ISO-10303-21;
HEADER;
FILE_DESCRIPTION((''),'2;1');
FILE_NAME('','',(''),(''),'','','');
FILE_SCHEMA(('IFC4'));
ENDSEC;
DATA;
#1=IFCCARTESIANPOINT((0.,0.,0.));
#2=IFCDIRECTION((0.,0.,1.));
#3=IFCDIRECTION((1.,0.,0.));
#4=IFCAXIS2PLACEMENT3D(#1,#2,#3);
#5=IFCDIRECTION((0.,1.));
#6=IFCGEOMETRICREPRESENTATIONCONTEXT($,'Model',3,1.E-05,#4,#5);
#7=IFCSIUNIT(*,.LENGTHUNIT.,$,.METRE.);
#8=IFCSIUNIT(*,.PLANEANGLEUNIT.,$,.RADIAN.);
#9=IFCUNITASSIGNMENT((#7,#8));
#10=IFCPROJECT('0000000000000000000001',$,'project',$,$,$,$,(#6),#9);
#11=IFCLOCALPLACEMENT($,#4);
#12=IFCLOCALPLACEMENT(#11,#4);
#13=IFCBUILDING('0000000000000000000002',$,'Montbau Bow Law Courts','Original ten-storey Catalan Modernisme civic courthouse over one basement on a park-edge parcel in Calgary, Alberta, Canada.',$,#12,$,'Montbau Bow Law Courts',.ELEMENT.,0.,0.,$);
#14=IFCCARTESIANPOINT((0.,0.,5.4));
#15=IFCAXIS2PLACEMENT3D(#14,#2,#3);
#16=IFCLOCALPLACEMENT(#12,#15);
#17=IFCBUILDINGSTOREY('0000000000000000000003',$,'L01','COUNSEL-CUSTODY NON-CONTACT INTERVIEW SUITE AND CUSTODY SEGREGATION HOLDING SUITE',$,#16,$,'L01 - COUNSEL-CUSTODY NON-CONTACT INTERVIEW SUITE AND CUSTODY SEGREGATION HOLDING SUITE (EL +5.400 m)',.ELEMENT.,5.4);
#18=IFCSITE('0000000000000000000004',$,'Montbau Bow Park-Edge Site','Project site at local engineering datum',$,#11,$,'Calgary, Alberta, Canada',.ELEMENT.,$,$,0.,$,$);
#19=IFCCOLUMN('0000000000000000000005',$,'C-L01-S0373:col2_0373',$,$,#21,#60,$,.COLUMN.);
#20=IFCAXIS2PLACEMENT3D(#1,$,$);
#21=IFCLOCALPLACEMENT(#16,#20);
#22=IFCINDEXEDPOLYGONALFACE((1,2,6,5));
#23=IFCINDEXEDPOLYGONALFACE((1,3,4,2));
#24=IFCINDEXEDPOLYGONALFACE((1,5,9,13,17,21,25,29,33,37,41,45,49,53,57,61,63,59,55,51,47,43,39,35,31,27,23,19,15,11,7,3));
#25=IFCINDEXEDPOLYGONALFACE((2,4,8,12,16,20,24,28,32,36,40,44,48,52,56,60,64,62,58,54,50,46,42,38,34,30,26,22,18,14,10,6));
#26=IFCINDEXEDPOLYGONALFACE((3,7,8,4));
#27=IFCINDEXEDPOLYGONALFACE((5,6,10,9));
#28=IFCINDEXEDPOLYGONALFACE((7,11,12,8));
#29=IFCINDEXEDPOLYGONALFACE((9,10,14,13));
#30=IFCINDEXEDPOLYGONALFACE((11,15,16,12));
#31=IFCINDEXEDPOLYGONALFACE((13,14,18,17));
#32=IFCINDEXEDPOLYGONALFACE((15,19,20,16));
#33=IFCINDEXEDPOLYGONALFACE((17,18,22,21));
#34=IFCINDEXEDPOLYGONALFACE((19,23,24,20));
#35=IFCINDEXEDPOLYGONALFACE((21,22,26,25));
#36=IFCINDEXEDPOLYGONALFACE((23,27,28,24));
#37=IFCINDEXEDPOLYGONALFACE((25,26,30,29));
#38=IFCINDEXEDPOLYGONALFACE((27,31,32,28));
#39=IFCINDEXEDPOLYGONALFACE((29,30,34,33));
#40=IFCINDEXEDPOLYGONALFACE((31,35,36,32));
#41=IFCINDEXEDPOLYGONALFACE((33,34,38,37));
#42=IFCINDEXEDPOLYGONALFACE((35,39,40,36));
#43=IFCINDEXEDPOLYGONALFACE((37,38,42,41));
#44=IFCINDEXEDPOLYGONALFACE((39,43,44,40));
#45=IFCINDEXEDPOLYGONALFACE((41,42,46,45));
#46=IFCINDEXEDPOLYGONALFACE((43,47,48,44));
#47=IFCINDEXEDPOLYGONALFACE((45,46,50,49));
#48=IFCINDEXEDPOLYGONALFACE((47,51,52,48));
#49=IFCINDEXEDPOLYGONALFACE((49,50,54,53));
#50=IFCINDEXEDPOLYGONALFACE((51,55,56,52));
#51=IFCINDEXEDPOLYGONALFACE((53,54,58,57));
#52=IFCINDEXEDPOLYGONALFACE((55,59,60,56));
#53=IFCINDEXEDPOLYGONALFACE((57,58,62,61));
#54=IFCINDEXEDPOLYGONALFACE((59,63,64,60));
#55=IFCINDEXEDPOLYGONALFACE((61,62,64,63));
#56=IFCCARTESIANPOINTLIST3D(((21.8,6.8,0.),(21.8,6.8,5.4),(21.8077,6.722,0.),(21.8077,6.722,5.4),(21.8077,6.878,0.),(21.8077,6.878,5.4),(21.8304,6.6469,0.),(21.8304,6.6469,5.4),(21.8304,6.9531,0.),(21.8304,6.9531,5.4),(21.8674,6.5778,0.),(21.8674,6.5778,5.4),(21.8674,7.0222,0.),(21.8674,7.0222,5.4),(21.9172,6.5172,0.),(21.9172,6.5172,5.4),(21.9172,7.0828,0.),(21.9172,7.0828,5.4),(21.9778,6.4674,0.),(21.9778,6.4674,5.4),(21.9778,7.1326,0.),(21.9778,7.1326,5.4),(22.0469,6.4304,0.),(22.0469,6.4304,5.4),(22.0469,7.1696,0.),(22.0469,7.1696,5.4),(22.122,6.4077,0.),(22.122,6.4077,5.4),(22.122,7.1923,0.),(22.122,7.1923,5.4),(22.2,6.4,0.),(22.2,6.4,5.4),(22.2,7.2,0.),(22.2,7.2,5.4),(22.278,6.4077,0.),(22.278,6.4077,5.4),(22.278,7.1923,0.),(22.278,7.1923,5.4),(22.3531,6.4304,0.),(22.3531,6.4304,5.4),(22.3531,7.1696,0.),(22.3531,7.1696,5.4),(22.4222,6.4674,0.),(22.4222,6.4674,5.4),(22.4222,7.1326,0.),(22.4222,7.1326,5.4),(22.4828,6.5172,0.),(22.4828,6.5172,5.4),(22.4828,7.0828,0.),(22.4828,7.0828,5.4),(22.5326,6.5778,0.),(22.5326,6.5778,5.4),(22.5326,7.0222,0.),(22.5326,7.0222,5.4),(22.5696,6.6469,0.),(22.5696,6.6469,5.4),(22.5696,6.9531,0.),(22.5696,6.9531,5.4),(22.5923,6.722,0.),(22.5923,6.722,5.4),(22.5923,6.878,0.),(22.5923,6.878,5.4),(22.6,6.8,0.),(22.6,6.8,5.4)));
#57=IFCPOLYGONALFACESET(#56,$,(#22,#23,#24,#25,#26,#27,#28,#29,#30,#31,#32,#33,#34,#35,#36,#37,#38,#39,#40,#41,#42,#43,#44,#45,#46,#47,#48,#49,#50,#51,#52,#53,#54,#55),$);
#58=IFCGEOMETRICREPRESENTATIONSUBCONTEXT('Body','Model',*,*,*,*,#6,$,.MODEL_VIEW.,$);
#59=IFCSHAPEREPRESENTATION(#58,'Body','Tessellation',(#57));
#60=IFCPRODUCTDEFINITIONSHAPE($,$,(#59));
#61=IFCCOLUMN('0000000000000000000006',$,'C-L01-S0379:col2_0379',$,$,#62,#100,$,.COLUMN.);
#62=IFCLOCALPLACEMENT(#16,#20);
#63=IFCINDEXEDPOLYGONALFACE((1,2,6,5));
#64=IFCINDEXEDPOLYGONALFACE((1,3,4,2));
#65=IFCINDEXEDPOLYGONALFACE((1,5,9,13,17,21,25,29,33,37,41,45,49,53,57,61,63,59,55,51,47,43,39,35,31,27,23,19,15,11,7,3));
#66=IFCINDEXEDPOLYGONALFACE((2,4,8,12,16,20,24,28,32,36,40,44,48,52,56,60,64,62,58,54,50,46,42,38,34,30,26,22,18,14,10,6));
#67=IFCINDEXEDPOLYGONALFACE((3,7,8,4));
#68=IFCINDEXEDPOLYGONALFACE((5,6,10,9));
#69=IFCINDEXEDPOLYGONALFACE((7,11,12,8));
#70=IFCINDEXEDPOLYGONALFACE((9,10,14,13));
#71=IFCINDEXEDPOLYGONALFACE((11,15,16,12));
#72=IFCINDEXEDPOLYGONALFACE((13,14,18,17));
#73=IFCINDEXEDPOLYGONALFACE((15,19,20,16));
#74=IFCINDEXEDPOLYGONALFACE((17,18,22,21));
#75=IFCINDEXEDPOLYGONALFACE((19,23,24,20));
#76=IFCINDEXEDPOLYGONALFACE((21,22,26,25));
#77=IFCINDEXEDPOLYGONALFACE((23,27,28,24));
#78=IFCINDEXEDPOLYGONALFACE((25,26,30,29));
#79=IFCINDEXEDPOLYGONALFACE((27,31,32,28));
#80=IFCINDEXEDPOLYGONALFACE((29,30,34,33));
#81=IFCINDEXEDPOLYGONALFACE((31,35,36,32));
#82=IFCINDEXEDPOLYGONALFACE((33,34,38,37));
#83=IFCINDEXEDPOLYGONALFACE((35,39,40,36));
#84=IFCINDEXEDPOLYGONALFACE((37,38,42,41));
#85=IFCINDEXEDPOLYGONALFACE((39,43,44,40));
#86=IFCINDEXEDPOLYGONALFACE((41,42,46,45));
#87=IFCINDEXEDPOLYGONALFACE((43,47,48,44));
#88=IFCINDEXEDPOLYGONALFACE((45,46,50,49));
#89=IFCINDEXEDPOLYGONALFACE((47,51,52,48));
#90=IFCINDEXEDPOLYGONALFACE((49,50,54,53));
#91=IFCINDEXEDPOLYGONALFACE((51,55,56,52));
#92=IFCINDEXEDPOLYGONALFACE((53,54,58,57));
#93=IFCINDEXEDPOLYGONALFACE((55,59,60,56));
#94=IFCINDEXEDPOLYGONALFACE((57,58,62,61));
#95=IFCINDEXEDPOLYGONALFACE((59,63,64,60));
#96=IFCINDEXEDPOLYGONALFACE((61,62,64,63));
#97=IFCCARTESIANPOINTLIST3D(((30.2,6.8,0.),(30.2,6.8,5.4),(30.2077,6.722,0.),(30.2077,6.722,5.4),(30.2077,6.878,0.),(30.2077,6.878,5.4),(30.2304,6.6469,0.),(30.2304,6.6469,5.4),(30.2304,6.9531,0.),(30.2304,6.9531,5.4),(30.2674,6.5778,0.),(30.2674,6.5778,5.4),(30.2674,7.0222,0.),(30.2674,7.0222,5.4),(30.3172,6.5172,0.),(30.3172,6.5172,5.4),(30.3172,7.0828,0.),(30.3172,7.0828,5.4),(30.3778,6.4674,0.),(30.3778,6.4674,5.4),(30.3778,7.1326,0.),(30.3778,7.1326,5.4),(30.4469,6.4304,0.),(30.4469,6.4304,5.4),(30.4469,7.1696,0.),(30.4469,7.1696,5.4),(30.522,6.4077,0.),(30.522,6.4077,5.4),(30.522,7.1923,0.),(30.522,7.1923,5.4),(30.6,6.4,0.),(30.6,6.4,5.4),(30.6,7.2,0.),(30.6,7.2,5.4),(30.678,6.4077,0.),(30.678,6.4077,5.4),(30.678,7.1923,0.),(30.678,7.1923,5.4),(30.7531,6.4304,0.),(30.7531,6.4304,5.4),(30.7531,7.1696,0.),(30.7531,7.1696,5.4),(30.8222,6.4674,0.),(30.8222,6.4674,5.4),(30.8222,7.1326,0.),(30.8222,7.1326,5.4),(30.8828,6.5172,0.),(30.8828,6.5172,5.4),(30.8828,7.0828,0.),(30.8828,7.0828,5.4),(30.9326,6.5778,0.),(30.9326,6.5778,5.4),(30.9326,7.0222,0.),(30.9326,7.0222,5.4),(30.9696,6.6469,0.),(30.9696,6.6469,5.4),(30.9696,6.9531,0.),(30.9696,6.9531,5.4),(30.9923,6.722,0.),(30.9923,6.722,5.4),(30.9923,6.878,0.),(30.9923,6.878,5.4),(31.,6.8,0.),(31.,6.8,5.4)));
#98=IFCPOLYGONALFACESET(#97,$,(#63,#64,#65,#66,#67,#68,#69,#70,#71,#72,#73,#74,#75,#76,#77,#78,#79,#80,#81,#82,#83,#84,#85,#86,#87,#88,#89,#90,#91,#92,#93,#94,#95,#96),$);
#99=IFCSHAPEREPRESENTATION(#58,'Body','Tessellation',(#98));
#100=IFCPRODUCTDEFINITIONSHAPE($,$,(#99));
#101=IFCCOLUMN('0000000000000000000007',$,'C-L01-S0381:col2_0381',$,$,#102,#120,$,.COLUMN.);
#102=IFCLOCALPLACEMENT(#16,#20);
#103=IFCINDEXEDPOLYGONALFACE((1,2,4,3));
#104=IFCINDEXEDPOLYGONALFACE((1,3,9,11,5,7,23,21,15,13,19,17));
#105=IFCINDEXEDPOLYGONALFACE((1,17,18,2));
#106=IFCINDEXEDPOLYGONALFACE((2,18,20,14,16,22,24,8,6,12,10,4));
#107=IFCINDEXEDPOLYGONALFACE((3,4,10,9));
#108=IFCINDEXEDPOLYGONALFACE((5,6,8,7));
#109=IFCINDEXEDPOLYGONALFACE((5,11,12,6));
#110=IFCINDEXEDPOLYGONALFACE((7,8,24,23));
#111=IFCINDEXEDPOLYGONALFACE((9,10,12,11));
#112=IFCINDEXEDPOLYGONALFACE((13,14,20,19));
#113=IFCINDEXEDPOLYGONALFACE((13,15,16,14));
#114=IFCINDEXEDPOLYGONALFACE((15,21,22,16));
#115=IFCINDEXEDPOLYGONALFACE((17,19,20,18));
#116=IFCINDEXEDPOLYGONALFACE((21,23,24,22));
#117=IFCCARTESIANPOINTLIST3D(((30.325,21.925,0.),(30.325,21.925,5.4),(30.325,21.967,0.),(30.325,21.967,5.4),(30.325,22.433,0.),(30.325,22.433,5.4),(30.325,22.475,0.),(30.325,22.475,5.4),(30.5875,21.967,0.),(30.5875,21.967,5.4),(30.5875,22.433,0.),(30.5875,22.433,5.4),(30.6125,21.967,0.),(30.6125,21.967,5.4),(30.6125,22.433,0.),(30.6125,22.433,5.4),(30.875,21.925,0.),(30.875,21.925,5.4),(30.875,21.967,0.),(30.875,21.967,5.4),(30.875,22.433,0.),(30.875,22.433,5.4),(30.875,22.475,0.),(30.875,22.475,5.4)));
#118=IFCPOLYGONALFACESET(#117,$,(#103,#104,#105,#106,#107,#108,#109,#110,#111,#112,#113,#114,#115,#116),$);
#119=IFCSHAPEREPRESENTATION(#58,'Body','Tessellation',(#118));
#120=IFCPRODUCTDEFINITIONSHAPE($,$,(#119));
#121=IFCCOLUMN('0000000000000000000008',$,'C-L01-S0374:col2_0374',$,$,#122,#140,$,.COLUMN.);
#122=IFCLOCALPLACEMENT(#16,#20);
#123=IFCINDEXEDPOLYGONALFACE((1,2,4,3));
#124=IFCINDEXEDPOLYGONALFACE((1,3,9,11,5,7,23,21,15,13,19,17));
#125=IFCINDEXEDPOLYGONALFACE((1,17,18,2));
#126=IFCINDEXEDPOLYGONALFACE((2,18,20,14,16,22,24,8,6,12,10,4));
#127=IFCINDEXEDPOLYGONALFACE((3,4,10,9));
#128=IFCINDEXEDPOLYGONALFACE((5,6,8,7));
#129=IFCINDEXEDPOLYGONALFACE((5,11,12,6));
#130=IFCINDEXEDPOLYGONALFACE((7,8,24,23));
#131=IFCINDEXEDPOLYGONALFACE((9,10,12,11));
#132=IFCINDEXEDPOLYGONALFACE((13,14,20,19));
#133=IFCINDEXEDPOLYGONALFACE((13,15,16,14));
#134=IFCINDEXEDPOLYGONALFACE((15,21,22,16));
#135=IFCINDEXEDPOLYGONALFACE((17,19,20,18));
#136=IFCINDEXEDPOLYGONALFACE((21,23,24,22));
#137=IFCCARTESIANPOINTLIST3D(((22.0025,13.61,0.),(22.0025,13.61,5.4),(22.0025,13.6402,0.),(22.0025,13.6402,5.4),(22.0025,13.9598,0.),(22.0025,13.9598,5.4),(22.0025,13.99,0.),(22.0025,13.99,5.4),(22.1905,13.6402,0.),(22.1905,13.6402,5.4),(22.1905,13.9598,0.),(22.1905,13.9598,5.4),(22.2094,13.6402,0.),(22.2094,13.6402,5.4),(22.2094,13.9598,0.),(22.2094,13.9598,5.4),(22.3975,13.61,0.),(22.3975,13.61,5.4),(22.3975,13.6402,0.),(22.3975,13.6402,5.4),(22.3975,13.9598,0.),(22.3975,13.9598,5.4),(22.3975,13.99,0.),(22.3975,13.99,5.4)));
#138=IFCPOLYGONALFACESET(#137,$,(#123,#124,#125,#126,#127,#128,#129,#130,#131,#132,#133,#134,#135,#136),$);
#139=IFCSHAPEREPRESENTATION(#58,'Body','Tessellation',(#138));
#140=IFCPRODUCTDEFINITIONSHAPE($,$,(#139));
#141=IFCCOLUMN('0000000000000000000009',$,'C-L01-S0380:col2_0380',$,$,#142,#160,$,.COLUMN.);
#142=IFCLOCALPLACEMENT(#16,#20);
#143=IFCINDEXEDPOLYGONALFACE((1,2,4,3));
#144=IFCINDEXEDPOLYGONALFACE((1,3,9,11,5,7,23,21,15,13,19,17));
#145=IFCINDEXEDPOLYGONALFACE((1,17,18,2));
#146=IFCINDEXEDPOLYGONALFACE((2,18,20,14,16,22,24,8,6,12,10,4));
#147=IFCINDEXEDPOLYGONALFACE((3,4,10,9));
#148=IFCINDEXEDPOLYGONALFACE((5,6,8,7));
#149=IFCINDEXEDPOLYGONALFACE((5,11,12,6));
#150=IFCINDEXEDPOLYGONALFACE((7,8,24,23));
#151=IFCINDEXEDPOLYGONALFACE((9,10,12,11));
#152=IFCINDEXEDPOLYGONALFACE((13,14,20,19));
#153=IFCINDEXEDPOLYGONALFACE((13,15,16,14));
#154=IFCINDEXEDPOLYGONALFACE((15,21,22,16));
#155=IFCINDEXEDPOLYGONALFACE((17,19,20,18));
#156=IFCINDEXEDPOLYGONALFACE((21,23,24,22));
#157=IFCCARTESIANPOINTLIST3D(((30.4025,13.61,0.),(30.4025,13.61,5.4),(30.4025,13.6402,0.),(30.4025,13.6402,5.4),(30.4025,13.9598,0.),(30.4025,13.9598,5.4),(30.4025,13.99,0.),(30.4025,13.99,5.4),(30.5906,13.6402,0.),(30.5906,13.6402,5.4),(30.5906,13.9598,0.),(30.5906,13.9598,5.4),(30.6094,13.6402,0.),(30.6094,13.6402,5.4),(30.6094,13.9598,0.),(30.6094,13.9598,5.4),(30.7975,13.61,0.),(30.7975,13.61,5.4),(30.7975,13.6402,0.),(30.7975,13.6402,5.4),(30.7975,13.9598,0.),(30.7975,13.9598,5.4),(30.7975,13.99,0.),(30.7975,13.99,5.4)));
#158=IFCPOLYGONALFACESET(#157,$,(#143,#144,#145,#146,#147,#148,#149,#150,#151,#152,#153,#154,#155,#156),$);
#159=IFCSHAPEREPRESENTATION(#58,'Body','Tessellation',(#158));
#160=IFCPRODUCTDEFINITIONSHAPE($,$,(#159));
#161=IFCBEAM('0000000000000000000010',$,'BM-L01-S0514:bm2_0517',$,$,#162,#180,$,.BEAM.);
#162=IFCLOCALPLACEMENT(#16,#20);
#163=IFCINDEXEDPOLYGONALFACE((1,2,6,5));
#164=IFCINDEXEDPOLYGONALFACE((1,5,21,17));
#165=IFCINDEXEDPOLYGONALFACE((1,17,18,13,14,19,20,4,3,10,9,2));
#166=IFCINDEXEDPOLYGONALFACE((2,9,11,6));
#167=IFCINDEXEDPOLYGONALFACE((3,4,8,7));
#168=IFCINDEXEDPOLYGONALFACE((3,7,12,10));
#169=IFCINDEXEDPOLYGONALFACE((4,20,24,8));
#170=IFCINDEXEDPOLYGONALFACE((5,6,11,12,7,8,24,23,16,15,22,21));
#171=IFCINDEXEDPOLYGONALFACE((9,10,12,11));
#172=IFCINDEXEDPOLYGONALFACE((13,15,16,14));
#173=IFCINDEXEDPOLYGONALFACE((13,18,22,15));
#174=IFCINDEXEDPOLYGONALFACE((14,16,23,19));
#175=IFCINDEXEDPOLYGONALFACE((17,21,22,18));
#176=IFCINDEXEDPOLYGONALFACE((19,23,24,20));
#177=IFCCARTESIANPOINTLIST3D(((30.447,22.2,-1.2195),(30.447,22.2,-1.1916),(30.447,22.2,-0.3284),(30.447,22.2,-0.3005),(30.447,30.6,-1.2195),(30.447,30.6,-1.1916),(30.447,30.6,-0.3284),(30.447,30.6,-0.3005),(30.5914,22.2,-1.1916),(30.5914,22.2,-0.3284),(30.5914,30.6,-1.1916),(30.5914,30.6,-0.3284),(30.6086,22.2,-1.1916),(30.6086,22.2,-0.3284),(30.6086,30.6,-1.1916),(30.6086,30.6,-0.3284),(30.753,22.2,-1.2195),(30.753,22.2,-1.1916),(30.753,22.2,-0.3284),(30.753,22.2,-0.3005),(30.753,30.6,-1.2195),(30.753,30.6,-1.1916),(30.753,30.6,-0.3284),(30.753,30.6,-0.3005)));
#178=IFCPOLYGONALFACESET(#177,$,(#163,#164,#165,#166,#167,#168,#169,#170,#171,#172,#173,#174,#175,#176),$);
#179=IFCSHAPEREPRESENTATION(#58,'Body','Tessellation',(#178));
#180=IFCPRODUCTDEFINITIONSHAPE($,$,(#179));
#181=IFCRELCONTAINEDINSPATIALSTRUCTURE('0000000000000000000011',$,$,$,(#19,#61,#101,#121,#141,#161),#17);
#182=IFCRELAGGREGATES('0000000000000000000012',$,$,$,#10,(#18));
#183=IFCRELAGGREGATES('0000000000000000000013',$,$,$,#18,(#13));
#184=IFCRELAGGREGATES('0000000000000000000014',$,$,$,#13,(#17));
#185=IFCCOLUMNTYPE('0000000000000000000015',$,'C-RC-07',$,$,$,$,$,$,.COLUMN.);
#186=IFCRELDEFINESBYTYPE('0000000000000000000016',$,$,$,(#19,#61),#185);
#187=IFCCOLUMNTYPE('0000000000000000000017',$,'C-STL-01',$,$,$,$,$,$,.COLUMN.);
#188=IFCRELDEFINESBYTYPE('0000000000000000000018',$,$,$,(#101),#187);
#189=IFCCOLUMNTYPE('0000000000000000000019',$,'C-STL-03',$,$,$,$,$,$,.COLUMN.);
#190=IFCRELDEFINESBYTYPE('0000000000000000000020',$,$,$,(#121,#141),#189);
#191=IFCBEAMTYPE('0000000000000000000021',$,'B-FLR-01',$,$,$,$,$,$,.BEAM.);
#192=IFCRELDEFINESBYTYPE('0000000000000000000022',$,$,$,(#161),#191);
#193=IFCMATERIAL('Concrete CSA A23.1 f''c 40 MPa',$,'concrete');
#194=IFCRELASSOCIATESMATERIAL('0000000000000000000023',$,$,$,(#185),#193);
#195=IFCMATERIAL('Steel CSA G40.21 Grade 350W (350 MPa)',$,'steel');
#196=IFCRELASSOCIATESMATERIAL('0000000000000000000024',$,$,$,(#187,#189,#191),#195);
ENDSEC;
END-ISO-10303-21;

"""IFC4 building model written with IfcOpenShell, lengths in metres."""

from ifc_helpers import new_model, si_unit, direction, frame, origin_with_axes, origin_2d_with_axis, place, context, subcontext, project, spatial, circle, i_section, extrude, material, material_profile, profile_set, type_object, element, save


model = new_model("IFC4")

# Units and contexts
model_context = context("Model", 3, precision=1e-05, world=origin_with_axes(), true_north=direction((0.0, 1.0)))
body_context = subcontext(model_context, "Body", "Model", "MODEL_VIEW")
ifc_project = project(units=[si_unit("LENGTHUNIT", "METRE"), si_unit("PLANEANGLEUNIT", "RADIAN")], contexts=[model_context])

# Site, building, storey
site_placement = place(None, origin_with_axes())
site = spatial("IfcSite", under=ifc_project, at=site_placement, Name="Montbau Bow Park-Edge Site", Description="Project site at local engineering datum", LongName="Calgary, Alberta, Canada", CompositionType="ELEMENT", RefElevation=0.0)
building_placement = place(site_placement, origin_with_axes())
building = spatial("IfcBuilding", under=site, at=building_placement, Name="Montbau Bow Law Courts", Description="Original ten-storey Catalan Modernisme civic courthouse over one basement on a park-edge parcel in Calgary, Alberta, Canada.", LongName="Montbau Bow Law Courts", CompositionType="ELEMENT", ElevationOfRefHeight=0.0, ElevationOfTerrain=0.0)
storey_placement = place(building_placement, frame((0.0, 0.0, 5.4), z_axis=(0.0, 0.0, 1.0), x_axis=(1.0, 0.0, 0.0)))
storey = spatial("IfcBuildingStorey", under=building, at=storey_placement, Name="L01", Description="COUNSEL-CUSTODY NON-CONTACT INTERVIEW SUITE AND CUSTODY SEGREGATION HOLDING SUITE", LongName="L01 - COUNSEL-CUSTODY NON-CONTACT INTERVIEW SUITE AND CUSTODY SEGREGATION HOLDING SUITE (EL +5.400 m)", CompositionType="ELEMENT", Elevation=5.4)

# Columns
ifc_material_1 = material(Name="Concrete CSA A23.1 f'c 40 MPa", Category="concrete")
ifc_material_profile_1 = material_profile(ifc_material_1, circle(Radius=0.4, at=origin_2d_with_axis()), Name="RC800D", Category="Main", Priority=0)
ifc_profile_set_1 = profile_set([ifc_material_profile_1], Name="Concrete CSA A23.1 f'c 40 MPa")
column_type_1 = type_object("IfcColumnType", Name="C-RC-07", PredefinedType="COLUMN", material=ifc_profile_set_1)
for number, where, z_axis, x_axis, name in (
    (1, (22.2, 6.8, 5.4), (0.0, 0.0, 1.0), (1.0, 0.0, 0.0), "C-L01-S0373:col2_0373"),
    (2, (30.6, 6.8, 5.4), (0.0, 0.0, 1.0), (1.0, 0.0, 0.0), "C-L01-S0379:col2_0379"),
):
    element("IfcColumn", number, at=place(None, frame(where, z_axis=z_axis, x_axis=x_axis)), inside=storey, type_object=column_type_1, Name=name, PredefinedType="COLUMN", context=body_context, shape_type="SweptSolid", body=[
        extrude(circle(Radius=0.4, at=origin_2d_with_axis()), origin_with_axes(), (0.0, 0.0, 1.0), 5.4),
    ])
ifc_material_2 = material(Name="Steel CSA G40.21 Grade 350W (350 MPa)", Category="steel")
ifc_material_profile_2 = material_profile(ifc_material_2, i_section(OverallWidth=0.55, OverallDepth=0.55, WebThickness=0.025, FlangeThickness=0.042, at=origin_2d_with_axis()), Name="WWF550X420", Category="Main", Priority=0)
ifc_profile_set_2 = profile_set([ifc_material_profile_2], Name="Steel CSA G40.21 Grade 350W (350 MPa)")
column_type_2 = type_object("IfcColumnType", Name="C-STL-01", PredefinedType="COLUMN", material=ifc_profile_set_2)
column_placement = place(None, frame((30.6, 22.2, 5.4), z_axis=(0.0, 0.0, 1.0), x_axis=(1.0, 0.0, 0.0)))
element("IfcColumn", 3, at=column_placement, inside=storey, type_object=column_type_2, Name="C-L01-S0381:col2_0381", PredefinedType="COLUMN", context=body_context, shape_type="SweptSolid", body=[
    extrude(i_section(OverallWidth=0.55, OverallDepth=0.55, WebThickness=0.025, FlangeThickness=0.042, at=origin_2d_with_axis()), origin_with_axes(), (0.0, 0.0, 1.0), 5.4),
])
ifc_material_profile_3 = material_profile(ifc_material_2, i_section(OverallWidth=0.395, OverallDepth=0.38, WebThickness=0.0189, FlangeThickness=0.0302, at=origin_2d_with_axis()), Name="W360X237", Category="Main", Priority=0)
ifc_profile_set_3 = profile_set([ifc_material_profile_3], Name="Steel CSA G40.21 Grade 350W (350 MPa)")
column_type_3 = type_object("IfcColumnType", Name="C-STL-03", PredefinedType="COLUMN", material=ifc_profile_set_3)
for number, where, z_axis, x_axis, name in (
    (4, (22.2, 13.8, 5.4), (0.0, 0.0, 1.0), (1.0, 0.0, 0.0), "C-L01-S0374:col2_0374"),
    (5, (30.6, 13.8, 5.4), (0.0, 0.0, 1.0), (1.0, 0.0, 0.0), "C-L01-S0380:col2_0380"),
):
    element("IfcColumn", number, at=place(None, frame(where, z_axis=z_axis, x_axis=x_axis)), inside=storey, type_object=column_type_3, Name=name, PredefinedType="COLUMN", context=body_context, shape_type="SweptSolid", body=[
        extrude(i_section(OverallWidth=0.395, OverallDepth=0.38, WebThickness=0.0189, FlangeThickness=0.0302, at=origin_2d_with_axis()), origin_with_axes(), (0.0, 0.0, 1.0), 5.4),
    ])

# Beam
ifc_material_profile_4 = material_profile(ifc_material_2, i_section(OverallWidth=0.306, OverallDepth=0.919, WebThickness=0.0173, FlangeThickness=0.0279, at=origin_2d_with_axis()), Name="W920X253", Category="Main", Priority=0)
ifc_profile_set_4 = profile_set([ifc_material_profile_4], Name="Steel CSA G40.21 Grade 350W (350 MPa)")
beam_type_1 = type_object("IfcBeamType", Name="B-FLR-01", PredefinedType="BEAM", material=ifc_profile_set_4)
beam_1_placement = place(None, frame((30.6, 22.2, 4.64), z_axis=(0.0, 1.0, 0.0), x_axis=(-1.0, 0.0, 0.0)))
element("IfcBeam", 6, at=beam_1_placement, inside=storey, type_object=beam_type_1, Name="BM-L01-S0514:bm2_0517", PredefinedType="BEAM", context=body_context, shape_type="SweptSolid", body=[
    extrude(i_section(OverallWidth=0.306, OverallDepth=0.919, WebThickness=0.0173, FlangeThickness=0.0279, at=origin_2d_with_axis()), origin_with_axes(), (0.0, 0.0, 1.0), 8.4),
])

save(model, "model.ifc")
